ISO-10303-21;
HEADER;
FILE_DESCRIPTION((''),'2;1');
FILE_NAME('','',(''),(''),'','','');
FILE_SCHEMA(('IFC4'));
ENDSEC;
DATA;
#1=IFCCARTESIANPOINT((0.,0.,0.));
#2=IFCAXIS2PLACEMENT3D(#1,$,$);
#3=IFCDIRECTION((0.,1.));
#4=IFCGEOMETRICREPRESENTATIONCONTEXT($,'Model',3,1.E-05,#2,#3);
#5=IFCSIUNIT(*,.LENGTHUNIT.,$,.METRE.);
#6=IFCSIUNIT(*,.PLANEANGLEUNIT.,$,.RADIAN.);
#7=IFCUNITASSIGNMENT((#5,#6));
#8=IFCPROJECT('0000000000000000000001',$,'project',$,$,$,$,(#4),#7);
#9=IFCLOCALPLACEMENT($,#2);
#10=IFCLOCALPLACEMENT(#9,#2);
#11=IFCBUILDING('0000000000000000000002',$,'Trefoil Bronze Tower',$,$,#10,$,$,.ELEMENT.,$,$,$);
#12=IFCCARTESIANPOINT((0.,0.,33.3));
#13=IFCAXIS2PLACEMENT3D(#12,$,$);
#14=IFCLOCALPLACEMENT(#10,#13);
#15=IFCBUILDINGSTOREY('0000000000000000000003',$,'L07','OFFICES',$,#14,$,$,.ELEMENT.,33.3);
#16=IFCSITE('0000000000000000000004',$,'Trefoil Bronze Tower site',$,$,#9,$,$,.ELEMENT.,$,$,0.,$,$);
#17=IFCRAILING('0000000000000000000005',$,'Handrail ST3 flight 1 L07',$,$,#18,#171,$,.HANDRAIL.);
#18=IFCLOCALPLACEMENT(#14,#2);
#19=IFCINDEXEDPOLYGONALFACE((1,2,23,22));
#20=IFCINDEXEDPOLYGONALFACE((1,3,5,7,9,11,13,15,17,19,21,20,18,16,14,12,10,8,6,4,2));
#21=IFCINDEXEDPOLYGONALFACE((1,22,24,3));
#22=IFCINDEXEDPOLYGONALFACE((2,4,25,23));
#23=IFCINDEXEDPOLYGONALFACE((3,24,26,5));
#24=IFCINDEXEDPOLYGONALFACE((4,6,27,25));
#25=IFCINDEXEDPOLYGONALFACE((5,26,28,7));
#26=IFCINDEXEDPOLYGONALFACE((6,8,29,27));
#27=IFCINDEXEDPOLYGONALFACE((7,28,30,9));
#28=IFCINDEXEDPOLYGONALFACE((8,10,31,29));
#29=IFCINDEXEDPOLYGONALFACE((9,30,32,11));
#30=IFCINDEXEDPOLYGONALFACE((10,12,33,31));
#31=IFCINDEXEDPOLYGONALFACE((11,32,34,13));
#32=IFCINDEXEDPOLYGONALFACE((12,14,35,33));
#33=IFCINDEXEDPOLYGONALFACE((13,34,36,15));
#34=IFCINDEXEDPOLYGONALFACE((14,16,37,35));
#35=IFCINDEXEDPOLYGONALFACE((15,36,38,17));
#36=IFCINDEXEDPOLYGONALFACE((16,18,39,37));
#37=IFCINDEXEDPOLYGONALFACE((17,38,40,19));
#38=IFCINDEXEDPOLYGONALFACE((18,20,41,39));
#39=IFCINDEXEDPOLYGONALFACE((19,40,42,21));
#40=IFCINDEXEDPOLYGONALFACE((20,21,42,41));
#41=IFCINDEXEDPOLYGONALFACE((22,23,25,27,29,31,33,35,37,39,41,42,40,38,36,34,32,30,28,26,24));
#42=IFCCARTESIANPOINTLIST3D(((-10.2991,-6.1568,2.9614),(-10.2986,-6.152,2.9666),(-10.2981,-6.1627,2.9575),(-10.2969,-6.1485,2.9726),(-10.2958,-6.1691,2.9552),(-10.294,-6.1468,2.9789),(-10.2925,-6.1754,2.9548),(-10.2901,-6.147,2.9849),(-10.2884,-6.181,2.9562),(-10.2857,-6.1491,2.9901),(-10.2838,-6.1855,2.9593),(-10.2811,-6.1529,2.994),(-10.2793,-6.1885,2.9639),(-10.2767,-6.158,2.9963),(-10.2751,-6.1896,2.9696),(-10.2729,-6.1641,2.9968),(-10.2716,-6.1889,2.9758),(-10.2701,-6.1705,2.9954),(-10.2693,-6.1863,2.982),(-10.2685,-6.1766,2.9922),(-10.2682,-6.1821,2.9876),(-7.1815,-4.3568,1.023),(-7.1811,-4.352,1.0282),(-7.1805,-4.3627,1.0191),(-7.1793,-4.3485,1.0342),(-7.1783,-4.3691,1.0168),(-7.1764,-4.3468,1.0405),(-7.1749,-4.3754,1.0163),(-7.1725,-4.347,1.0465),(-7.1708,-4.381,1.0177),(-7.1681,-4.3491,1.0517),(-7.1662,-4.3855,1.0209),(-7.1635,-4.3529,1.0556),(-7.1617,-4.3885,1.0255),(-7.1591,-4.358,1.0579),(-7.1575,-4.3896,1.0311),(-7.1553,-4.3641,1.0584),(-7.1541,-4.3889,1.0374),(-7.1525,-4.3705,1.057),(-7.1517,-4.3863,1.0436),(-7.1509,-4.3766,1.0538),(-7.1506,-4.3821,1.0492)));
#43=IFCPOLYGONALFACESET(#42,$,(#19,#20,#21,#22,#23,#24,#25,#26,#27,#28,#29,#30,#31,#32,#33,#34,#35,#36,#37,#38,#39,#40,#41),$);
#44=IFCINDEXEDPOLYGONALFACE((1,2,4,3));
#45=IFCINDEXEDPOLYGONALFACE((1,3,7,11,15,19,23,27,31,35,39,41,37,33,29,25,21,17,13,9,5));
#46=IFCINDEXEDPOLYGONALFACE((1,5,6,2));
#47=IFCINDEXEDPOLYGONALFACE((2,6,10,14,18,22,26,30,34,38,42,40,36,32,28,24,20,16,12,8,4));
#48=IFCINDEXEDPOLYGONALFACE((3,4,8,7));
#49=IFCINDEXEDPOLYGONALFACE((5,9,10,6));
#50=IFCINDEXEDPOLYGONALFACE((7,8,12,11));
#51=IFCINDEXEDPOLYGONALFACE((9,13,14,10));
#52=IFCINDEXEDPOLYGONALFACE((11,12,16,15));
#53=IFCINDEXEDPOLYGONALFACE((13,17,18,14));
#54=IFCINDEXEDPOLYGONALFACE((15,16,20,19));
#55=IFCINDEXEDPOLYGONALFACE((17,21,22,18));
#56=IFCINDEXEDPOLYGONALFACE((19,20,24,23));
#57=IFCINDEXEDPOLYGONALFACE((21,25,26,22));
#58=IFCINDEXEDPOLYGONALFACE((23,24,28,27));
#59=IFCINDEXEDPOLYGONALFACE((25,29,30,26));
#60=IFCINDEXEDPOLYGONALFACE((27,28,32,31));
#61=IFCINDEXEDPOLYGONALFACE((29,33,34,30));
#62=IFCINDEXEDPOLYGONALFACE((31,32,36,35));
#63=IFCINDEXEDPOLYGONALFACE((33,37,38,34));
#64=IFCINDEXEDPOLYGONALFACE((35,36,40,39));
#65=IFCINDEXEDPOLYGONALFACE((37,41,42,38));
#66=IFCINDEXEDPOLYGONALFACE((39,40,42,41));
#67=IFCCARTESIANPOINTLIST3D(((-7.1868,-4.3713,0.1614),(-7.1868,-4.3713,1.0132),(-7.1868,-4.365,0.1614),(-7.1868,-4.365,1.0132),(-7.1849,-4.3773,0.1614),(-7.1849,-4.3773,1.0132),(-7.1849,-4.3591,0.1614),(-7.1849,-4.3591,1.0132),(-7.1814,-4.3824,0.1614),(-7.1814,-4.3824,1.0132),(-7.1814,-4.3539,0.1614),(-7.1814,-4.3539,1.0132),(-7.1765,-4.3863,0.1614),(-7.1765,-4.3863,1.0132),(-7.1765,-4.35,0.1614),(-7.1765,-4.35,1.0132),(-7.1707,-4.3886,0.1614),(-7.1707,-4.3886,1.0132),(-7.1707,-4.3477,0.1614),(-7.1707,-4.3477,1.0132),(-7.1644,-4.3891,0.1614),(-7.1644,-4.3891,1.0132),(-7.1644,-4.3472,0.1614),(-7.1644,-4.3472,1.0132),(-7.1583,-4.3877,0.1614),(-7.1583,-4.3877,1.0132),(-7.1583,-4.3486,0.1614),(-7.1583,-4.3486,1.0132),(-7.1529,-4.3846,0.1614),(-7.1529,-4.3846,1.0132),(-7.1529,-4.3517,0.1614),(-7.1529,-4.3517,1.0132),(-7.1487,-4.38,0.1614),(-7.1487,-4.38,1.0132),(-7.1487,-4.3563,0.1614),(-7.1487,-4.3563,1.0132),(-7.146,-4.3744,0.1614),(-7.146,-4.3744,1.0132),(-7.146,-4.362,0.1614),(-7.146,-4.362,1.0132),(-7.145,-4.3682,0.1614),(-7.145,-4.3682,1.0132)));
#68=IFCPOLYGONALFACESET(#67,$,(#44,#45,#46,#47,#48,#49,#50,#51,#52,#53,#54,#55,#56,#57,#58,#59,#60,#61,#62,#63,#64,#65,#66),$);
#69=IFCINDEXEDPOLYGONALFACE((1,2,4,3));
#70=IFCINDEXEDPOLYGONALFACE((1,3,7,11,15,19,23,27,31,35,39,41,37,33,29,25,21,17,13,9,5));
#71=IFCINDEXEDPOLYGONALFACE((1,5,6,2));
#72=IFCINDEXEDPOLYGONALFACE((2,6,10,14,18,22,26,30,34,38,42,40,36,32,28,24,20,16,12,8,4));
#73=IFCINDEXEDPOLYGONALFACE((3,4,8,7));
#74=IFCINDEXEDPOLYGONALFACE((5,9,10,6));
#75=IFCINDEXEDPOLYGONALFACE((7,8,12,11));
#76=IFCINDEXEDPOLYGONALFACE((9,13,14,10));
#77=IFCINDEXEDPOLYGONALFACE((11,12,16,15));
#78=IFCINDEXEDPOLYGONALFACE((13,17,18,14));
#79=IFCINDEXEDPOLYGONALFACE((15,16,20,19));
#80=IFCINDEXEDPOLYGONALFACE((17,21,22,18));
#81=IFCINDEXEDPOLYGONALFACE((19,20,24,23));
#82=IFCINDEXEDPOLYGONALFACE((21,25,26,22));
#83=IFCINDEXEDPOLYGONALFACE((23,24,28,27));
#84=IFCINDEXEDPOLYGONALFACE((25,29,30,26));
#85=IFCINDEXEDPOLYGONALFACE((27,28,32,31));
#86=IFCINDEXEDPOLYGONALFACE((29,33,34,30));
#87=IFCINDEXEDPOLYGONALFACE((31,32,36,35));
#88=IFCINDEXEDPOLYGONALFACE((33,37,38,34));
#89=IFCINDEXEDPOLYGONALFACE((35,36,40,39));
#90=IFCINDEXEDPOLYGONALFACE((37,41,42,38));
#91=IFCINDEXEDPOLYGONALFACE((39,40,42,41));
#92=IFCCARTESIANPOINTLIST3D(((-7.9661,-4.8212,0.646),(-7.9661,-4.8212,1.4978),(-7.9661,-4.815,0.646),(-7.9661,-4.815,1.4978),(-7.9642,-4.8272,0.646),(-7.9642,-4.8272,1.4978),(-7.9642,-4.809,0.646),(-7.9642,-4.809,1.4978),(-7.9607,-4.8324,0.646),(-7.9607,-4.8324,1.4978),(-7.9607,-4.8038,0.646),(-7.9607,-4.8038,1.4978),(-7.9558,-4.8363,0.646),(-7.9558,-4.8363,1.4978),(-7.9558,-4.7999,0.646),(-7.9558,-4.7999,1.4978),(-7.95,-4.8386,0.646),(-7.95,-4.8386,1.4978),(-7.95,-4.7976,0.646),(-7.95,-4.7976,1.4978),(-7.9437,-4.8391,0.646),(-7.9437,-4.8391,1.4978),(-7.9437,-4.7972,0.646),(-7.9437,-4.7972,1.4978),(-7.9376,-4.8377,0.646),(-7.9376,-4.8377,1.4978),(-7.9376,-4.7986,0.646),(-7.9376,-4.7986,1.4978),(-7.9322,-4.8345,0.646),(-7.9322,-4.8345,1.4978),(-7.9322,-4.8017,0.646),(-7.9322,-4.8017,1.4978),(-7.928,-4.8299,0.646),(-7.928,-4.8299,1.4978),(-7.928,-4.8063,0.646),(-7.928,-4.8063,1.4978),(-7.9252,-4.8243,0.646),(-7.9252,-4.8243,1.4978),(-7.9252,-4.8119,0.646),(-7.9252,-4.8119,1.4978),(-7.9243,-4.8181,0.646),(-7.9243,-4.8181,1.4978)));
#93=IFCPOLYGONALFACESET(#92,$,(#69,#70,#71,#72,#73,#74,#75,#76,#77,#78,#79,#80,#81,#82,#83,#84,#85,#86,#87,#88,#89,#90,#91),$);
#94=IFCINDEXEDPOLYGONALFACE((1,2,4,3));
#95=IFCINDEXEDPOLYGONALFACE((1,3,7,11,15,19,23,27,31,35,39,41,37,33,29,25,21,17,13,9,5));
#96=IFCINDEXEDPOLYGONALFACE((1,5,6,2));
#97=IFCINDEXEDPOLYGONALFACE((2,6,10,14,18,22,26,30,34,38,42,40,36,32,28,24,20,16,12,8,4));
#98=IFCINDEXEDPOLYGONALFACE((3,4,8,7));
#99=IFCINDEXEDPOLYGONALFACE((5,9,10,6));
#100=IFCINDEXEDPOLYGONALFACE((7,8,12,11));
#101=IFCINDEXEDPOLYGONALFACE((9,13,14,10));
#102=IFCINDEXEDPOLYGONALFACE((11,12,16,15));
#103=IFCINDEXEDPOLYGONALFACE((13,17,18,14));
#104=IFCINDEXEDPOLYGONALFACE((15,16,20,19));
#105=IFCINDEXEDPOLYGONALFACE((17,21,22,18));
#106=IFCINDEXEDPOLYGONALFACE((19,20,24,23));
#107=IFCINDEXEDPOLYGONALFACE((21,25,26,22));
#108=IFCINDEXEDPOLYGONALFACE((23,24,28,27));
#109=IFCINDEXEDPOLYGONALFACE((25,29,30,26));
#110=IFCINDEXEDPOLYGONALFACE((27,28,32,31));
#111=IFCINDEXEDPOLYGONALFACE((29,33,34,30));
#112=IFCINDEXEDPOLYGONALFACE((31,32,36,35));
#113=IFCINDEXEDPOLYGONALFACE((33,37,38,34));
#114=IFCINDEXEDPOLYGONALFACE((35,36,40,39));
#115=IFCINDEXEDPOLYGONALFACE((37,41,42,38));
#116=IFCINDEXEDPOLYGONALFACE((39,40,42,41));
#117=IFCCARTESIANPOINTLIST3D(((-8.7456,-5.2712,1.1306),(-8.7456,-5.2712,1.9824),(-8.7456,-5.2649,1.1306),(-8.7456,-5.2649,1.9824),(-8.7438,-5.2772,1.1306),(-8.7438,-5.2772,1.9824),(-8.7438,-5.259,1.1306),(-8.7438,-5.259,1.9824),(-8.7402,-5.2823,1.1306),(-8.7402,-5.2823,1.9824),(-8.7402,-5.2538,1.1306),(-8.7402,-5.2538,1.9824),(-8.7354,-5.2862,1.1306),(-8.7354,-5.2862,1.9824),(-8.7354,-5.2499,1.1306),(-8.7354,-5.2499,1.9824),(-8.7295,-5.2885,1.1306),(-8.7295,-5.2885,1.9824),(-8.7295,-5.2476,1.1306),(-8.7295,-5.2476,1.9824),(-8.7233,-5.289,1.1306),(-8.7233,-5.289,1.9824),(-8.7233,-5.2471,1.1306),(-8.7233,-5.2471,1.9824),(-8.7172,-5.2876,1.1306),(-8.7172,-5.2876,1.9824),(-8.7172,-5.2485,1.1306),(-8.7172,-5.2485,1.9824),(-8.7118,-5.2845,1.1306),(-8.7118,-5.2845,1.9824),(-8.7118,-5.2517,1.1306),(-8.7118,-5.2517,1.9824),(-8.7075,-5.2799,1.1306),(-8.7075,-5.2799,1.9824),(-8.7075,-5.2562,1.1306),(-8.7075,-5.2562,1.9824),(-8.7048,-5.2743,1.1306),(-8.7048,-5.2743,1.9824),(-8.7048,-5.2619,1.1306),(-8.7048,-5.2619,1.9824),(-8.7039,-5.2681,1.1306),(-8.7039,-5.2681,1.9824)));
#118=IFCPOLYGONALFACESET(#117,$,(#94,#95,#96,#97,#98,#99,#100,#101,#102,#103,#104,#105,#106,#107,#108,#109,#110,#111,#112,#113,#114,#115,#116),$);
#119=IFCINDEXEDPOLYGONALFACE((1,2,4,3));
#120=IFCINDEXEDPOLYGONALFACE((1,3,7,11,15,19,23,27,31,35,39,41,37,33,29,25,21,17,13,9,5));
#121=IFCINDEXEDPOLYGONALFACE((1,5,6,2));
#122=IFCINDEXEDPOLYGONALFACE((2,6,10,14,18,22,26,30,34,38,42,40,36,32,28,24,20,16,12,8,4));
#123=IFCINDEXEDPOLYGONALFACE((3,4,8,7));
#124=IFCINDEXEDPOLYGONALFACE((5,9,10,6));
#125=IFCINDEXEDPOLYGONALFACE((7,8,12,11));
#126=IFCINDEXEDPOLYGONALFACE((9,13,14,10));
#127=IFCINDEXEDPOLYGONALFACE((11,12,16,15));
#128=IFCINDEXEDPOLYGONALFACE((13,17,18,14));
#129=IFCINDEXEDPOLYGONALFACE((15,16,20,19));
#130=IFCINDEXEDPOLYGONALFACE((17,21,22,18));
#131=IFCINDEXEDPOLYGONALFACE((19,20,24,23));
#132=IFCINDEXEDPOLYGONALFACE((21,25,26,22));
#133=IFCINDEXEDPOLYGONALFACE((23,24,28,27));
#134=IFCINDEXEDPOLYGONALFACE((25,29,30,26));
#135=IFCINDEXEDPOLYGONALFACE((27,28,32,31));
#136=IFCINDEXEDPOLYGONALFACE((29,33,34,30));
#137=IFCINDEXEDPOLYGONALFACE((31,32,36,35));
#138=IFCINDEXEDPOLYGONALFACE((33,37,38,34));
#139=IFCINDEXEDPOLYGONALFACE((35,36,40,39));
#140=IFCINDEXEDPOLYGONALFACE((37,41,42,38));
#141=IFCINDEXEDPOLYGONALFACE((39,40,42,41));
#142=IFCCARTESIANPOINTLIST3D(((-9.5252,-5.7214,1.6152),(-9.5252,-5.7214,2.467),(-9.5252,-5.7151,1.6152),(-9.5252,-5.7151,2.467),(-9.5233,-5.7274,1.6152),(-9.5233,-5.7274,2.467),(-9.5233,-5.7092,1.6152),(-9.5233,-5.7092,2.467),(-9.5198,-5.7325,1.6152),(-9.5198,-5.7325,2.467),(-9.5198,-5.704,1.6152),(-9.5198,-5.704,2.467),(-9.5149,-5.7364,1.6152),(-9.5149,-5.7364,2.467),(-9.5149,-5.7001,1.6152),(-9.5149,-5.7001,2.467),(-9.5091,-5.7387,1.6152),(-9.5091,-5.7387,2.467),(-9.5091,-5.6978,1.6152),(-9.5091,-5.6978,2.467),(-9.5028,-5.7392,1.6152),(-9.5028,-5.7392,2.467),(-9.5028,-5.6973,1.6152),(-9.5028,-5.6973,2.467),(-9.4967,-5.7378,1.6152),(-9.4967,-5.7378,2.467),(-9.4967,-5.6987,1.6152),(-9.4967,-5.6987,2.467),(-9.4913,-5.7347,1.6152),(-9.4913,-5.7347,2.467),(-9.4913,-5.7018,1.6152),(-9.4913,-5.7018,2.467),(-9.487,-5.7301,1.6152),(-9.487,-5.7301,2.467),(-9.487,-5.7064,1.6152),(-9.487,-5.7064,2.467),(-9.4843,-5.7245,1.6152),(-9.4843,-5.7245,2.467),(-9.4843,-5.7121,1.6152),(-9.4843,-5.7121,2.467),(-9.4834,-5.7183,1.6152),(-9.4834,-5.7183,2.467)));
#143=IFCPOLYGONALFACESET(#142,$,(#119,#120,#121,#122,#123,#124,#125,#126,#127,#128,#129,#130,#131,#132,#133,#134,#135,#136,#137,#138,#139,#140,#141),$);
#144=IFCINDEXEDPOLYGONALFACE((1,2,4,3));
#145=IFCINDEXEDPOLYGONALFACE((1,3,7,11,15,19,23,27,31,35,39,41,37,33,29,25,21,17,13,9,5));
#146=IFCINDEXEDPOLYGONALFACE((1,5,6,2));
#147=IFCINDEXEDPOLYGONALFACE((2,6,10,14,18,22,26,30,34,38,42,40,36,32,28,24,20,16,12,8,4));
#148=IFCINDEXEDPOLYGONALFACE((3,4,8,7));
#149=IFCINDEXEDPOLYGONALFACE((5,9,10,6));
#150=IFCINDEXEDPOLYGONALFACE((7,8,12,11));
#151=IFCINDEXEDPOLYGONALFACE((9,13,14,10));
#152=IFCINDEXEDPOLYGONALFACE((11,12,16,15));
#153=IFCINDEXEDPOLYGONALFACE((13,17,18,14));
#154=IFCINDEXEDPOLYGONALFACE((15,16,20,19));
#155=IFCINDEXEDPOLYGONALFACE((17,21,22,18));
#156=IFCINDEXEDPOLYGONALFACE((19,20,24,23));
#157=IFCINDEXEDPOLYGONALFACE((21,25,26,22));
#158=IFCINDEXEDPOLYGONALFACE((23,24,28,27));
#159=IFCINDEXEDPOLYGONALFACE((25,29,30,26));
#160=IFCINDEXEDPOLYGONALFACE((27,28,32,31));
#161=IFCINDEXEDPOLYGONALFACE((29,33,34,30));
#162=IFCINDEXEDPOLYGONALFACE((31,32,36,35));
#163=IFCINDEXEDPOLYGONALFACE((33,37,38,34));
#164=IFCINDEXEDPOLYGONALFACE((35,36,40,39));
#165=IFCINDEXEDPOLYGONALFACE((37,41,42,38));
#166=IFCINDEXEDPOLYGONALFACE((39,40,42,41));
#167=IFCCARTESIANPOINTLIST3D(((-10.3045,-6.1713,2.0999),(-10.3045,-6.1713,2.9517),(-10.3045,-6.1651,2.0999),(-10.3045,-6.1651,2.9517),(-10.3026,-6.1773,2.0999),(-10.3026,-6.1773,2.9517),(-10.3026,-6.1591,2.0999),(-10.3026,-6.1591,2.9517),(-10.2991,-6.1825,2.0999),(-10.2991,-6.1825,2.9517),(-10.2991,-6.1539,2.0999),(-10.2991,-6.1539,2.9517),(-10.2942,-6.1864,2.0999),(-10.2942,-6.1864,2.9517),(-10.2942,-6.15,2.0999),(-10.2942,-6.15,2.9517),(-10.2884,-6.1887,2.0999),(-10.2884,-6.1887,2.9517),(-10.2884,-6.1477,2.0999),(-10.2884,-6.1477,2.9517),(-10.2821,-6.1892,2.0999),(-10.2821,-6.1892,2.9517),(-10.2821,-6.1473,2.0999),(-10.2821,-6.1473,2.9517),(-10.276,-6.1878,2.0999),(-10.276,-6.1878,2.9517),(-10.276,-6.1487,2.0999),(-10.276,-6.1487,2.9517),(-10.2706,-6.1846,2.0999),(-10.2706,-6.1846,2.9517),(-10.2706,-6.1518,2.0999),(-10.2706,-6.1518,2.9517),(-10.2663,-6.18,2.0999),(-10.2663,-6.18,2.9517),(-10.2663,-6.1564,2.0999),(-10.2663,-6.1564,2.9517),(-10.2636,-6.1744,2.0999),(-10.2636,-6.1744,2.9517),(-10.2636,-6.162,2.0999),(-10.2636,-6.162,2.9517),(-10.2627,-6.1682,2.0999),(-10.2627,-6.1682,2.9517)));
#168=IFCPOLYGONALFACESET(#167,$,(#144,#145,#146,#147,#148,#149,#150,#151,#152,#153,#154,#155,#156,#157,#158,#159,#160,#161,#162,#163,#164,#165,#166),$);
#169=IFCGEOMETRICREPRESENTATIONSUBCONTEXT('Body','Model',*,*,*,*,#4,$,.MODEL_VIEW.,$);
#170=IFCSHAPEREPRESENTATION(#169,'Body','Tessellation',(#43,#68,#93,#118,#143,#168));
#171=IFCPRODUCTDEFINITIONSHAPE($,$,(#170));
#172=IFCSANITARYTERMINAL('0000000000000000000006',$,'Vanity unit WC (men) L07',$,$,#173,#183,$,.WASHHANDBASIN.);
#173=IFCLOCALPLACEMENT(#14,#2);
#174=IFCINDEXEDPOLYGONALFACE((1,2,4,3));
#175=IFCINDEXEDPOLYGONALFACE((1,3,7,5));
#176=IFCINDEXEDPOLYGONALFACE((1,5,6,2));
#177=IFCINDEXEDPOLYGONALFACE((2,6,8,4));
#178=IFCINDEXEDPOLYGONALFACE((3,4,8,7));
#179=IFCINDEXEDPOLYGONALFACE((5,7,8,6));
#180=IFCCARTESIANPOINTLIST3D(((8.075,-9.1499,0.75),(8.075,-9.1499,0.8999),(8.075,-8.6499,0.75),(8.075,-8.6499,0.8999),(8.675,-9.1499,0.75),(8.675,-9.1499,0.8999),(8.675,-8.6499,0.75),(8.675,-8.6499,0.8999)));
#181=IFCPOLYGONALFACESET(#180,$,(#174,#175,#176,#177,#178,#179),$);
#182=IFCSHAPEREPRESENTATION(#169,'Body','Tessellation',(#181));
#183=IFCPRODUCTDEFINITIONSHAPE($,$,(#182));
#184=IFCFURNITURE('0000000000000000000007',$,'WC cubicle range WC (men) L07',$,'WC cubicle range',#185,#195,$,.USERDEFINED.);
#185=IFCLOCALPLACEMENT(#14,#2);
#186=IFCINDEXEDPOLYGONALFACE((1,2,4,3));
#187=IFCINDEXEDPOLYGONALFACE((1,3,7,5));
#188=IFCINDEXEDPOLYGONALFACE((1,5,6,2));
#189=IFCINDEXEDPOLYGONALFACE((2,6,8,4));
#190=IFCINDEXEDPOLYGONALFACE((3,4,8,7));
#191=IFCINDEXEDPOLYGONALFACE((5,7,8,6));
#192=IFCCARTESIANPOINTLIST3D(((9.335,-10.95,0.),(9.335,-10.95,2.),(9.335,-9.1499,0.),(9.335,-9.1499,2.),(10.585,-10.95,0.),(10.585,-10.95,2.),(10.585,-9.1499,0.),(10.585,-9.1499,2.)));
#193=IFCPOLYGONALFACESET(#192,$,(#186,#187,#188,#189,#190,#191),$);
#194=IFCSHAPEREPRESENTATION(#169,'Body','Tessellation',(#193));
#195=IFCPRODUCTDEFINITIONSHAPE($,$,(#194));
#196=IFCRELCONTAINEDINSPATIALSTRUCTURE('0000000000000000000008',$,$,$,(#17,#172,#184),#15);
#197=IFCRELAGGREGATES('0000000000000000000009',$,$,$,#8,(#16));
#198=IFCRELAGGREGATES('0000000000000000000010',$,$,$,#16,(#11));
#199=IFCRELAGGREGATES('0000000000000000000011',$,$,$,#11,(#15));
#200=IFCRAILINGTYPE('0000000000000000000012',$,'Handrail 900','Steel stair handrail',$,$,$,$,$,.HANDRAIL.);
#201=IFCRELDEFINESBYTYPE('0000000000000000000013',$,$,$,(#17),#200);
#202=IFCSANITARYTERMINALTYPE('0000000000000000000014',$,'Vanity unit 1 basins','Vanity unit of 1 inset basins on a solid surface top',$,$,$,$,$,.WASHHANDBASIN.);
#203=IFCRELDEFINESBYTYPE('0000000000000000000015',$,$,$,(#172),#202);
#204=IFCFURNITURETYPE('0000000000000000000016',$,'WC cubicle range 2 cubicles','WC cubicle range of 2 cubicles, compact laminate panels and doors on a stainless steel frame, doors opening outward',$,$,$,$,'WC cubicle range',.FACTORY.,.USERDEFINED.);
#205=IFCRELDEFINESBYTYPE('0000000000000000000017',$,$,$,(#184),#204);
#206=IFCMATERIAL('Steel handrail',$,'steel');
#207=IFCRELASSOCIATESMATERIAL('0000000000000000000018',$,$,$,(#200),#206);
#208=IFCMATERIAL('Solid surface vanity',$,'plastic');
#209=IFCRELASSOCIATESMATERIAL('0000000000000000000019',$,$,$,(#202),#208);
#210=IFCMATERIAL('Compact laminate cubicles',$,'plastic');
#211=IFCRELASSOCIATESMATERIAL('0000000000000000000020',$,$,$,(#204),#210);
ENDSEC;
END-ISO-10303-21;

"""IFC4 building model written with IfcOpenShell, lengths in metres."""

from ifc_helpers import new_model, si_unit, direction, frame, origin, origin_2d, place, context, subcontext, project, spatial, polyline, circle, outline, extrude, material, type_object, element, save


model = new_model("IFC4")

# Units and contexts
model_context = context("Model", 3, precision=1e-05, world=origin(), true_north=direction((0.0, 1.0)))
body_context = subcontext(model_context, "Body", "Model", "MODEL_VIEW")
ifc_project = project(units=[si_unit("LENGTHUNIT", "METRE"), si_unit("PLANEANGLEUNIT", "RADIAN")], contexts=[model_context])

# Site, building, storey
site_placement = place(None, origin())
site = spatial("IfcSite", under=ifc_project, at=site_placement, Name="Trefoil Bronze Tower site", CompositionType="ELEMENT", RefElevation=0.0)
building_placement = place(site_placement, origin())
building = spatial("IfcBuilding", under=site, at=building_placement, Name="Trefoil Bronze Tower", CompositionType="ELEMENT")
storey_placement = place(building_placement, frame((0.0, 0.0, 33.3)))
storey = spatial("IfcBuildingStorey", under=building, at=storey_placement, Name="L07", Description="OFFICES", CompositionType="ELEMENT", Elevation=33.3)

# Railing
ifc_material_1 = material(Name="Steel handrail", Category="steel")
railing_type = type_object("IfcRailingType", Name="Handrail 900", Description="Steel stair handrail", PredefinedType="HANDRAIL", material=ifc_material_1)
railing_placement = place(storey_placement, frame((-7.166, -4.3682, 0.1614)))
element("IfcRailing", 1, at=railing_placement, inside=storey, type_object=railing_type, Name="Handrail ST3 flight 1 L07", PredefinedType="HANDRAIL", context=body_context, shape_type="SweptSolid", body=[
    extrude(circle(Radius=0.0239, at=origin_2d()), frame((0.0, 0.0, 0.876), z_axis=(-0.762503, -0.440246, 0.474102), x_axis=(0.500012, -0.866018, 0.0)), (0.0, 0.0, 1.0), 4.0886),
    extrude(circle(Radius=0.021, at=origin_2d()), origin(), (0.0, 0.0, 1.0), 0.8518),
    extrude(circle(Radius=0.021, at=origin_2d()), frame((-0.7793, -0.45, 0.4846)), (0.0, 0.0, 1.0), 0.8518),
    extrude(circle(Radius=0.021, at=origin_2d()), frame((-1.5588, -0.8999, 0.9692)), (0.0, 0.0, 1.0), 0.8518),
    extrude(circle(Radius=0.021, at=origin_2d()), frame((-2.3384, -1.3501, 1.4539)), (0.0, 0.0, 1.0), 0.8518),
    extrude(circle(Radius=0.021, at=origin_2d()), frame((-3.1177, -1.8, 1.9385)), (0.0, 0.0, 1.0), 0.8518),
])

# Sanitary terminal
ifc_material_2 = material(Name="Solid surface vanity", Category="plastic")
sanitary_terminal_type = type_object("IfcSanitaryTerminalType", Name="Vanity unit 1 basins", Description="Vanity unit of 1 inset basins on a solid surface top", PredefinedType="WASHHANDBASIN", material=ifc_material_2)
sanitary_terminal_placement = place(storey_placement, frame((0.0, 0.0, 0.75)))
element("IfcSanitaryTerminal", 2, at=sanitary_terminal_placement, inside=storey, type_object=sanitary_terminal_type, Name="Vanity unit WC (men) L07", PredefinedType="WASHHANDBASIN", context=body_context, shape_type="SweptSolid", body=[
    extrude(outline(polyline([(8.075, -8.6499), (8.675, -8.6499), (8.675, -9.1499), (8.075, -9.1499), (8.075, -8.6499)])), origin(), (0.0, 0.0, 1.0), 0.1499),
])

# Furniture
ifc_material_3 = material(Name="Compact laminate cubicles", Category="plastic")
furniture_type = type_object("IfcFurnitureType", Name="WC cubicle range 2 cubicles", Description="WC cubicle range of 2 cubicles, compact laminate panels and doors on a stainless steel frame, doors opening outward", ElementType="WC cubicle range", AssemblyPlace="FACTORY", PredefinedType="USERDEFINED", material=ifc_material_3)
furniture_placement = place(storey_placement, origin())
element("IfcFurniture", 3, at=furniture_placement, inside=storey, type_object=furniture_type, Name="WC cubicle range WC (men) L07", ObjectType="WC cubicle range", PredefinedType="USERDEFINED", context=body_context, shape_type="SweptSolid", body=[
    extrude(outline(polyline([(9.335, -9.1499), (10.585, -9.1499), (10.585, -10.95), (9.335, -10.95), (9.335, -9.1499)])), origin(), (0.0, 0.0, 1.0), 2.0),
])

save(model, "model.ifc")
